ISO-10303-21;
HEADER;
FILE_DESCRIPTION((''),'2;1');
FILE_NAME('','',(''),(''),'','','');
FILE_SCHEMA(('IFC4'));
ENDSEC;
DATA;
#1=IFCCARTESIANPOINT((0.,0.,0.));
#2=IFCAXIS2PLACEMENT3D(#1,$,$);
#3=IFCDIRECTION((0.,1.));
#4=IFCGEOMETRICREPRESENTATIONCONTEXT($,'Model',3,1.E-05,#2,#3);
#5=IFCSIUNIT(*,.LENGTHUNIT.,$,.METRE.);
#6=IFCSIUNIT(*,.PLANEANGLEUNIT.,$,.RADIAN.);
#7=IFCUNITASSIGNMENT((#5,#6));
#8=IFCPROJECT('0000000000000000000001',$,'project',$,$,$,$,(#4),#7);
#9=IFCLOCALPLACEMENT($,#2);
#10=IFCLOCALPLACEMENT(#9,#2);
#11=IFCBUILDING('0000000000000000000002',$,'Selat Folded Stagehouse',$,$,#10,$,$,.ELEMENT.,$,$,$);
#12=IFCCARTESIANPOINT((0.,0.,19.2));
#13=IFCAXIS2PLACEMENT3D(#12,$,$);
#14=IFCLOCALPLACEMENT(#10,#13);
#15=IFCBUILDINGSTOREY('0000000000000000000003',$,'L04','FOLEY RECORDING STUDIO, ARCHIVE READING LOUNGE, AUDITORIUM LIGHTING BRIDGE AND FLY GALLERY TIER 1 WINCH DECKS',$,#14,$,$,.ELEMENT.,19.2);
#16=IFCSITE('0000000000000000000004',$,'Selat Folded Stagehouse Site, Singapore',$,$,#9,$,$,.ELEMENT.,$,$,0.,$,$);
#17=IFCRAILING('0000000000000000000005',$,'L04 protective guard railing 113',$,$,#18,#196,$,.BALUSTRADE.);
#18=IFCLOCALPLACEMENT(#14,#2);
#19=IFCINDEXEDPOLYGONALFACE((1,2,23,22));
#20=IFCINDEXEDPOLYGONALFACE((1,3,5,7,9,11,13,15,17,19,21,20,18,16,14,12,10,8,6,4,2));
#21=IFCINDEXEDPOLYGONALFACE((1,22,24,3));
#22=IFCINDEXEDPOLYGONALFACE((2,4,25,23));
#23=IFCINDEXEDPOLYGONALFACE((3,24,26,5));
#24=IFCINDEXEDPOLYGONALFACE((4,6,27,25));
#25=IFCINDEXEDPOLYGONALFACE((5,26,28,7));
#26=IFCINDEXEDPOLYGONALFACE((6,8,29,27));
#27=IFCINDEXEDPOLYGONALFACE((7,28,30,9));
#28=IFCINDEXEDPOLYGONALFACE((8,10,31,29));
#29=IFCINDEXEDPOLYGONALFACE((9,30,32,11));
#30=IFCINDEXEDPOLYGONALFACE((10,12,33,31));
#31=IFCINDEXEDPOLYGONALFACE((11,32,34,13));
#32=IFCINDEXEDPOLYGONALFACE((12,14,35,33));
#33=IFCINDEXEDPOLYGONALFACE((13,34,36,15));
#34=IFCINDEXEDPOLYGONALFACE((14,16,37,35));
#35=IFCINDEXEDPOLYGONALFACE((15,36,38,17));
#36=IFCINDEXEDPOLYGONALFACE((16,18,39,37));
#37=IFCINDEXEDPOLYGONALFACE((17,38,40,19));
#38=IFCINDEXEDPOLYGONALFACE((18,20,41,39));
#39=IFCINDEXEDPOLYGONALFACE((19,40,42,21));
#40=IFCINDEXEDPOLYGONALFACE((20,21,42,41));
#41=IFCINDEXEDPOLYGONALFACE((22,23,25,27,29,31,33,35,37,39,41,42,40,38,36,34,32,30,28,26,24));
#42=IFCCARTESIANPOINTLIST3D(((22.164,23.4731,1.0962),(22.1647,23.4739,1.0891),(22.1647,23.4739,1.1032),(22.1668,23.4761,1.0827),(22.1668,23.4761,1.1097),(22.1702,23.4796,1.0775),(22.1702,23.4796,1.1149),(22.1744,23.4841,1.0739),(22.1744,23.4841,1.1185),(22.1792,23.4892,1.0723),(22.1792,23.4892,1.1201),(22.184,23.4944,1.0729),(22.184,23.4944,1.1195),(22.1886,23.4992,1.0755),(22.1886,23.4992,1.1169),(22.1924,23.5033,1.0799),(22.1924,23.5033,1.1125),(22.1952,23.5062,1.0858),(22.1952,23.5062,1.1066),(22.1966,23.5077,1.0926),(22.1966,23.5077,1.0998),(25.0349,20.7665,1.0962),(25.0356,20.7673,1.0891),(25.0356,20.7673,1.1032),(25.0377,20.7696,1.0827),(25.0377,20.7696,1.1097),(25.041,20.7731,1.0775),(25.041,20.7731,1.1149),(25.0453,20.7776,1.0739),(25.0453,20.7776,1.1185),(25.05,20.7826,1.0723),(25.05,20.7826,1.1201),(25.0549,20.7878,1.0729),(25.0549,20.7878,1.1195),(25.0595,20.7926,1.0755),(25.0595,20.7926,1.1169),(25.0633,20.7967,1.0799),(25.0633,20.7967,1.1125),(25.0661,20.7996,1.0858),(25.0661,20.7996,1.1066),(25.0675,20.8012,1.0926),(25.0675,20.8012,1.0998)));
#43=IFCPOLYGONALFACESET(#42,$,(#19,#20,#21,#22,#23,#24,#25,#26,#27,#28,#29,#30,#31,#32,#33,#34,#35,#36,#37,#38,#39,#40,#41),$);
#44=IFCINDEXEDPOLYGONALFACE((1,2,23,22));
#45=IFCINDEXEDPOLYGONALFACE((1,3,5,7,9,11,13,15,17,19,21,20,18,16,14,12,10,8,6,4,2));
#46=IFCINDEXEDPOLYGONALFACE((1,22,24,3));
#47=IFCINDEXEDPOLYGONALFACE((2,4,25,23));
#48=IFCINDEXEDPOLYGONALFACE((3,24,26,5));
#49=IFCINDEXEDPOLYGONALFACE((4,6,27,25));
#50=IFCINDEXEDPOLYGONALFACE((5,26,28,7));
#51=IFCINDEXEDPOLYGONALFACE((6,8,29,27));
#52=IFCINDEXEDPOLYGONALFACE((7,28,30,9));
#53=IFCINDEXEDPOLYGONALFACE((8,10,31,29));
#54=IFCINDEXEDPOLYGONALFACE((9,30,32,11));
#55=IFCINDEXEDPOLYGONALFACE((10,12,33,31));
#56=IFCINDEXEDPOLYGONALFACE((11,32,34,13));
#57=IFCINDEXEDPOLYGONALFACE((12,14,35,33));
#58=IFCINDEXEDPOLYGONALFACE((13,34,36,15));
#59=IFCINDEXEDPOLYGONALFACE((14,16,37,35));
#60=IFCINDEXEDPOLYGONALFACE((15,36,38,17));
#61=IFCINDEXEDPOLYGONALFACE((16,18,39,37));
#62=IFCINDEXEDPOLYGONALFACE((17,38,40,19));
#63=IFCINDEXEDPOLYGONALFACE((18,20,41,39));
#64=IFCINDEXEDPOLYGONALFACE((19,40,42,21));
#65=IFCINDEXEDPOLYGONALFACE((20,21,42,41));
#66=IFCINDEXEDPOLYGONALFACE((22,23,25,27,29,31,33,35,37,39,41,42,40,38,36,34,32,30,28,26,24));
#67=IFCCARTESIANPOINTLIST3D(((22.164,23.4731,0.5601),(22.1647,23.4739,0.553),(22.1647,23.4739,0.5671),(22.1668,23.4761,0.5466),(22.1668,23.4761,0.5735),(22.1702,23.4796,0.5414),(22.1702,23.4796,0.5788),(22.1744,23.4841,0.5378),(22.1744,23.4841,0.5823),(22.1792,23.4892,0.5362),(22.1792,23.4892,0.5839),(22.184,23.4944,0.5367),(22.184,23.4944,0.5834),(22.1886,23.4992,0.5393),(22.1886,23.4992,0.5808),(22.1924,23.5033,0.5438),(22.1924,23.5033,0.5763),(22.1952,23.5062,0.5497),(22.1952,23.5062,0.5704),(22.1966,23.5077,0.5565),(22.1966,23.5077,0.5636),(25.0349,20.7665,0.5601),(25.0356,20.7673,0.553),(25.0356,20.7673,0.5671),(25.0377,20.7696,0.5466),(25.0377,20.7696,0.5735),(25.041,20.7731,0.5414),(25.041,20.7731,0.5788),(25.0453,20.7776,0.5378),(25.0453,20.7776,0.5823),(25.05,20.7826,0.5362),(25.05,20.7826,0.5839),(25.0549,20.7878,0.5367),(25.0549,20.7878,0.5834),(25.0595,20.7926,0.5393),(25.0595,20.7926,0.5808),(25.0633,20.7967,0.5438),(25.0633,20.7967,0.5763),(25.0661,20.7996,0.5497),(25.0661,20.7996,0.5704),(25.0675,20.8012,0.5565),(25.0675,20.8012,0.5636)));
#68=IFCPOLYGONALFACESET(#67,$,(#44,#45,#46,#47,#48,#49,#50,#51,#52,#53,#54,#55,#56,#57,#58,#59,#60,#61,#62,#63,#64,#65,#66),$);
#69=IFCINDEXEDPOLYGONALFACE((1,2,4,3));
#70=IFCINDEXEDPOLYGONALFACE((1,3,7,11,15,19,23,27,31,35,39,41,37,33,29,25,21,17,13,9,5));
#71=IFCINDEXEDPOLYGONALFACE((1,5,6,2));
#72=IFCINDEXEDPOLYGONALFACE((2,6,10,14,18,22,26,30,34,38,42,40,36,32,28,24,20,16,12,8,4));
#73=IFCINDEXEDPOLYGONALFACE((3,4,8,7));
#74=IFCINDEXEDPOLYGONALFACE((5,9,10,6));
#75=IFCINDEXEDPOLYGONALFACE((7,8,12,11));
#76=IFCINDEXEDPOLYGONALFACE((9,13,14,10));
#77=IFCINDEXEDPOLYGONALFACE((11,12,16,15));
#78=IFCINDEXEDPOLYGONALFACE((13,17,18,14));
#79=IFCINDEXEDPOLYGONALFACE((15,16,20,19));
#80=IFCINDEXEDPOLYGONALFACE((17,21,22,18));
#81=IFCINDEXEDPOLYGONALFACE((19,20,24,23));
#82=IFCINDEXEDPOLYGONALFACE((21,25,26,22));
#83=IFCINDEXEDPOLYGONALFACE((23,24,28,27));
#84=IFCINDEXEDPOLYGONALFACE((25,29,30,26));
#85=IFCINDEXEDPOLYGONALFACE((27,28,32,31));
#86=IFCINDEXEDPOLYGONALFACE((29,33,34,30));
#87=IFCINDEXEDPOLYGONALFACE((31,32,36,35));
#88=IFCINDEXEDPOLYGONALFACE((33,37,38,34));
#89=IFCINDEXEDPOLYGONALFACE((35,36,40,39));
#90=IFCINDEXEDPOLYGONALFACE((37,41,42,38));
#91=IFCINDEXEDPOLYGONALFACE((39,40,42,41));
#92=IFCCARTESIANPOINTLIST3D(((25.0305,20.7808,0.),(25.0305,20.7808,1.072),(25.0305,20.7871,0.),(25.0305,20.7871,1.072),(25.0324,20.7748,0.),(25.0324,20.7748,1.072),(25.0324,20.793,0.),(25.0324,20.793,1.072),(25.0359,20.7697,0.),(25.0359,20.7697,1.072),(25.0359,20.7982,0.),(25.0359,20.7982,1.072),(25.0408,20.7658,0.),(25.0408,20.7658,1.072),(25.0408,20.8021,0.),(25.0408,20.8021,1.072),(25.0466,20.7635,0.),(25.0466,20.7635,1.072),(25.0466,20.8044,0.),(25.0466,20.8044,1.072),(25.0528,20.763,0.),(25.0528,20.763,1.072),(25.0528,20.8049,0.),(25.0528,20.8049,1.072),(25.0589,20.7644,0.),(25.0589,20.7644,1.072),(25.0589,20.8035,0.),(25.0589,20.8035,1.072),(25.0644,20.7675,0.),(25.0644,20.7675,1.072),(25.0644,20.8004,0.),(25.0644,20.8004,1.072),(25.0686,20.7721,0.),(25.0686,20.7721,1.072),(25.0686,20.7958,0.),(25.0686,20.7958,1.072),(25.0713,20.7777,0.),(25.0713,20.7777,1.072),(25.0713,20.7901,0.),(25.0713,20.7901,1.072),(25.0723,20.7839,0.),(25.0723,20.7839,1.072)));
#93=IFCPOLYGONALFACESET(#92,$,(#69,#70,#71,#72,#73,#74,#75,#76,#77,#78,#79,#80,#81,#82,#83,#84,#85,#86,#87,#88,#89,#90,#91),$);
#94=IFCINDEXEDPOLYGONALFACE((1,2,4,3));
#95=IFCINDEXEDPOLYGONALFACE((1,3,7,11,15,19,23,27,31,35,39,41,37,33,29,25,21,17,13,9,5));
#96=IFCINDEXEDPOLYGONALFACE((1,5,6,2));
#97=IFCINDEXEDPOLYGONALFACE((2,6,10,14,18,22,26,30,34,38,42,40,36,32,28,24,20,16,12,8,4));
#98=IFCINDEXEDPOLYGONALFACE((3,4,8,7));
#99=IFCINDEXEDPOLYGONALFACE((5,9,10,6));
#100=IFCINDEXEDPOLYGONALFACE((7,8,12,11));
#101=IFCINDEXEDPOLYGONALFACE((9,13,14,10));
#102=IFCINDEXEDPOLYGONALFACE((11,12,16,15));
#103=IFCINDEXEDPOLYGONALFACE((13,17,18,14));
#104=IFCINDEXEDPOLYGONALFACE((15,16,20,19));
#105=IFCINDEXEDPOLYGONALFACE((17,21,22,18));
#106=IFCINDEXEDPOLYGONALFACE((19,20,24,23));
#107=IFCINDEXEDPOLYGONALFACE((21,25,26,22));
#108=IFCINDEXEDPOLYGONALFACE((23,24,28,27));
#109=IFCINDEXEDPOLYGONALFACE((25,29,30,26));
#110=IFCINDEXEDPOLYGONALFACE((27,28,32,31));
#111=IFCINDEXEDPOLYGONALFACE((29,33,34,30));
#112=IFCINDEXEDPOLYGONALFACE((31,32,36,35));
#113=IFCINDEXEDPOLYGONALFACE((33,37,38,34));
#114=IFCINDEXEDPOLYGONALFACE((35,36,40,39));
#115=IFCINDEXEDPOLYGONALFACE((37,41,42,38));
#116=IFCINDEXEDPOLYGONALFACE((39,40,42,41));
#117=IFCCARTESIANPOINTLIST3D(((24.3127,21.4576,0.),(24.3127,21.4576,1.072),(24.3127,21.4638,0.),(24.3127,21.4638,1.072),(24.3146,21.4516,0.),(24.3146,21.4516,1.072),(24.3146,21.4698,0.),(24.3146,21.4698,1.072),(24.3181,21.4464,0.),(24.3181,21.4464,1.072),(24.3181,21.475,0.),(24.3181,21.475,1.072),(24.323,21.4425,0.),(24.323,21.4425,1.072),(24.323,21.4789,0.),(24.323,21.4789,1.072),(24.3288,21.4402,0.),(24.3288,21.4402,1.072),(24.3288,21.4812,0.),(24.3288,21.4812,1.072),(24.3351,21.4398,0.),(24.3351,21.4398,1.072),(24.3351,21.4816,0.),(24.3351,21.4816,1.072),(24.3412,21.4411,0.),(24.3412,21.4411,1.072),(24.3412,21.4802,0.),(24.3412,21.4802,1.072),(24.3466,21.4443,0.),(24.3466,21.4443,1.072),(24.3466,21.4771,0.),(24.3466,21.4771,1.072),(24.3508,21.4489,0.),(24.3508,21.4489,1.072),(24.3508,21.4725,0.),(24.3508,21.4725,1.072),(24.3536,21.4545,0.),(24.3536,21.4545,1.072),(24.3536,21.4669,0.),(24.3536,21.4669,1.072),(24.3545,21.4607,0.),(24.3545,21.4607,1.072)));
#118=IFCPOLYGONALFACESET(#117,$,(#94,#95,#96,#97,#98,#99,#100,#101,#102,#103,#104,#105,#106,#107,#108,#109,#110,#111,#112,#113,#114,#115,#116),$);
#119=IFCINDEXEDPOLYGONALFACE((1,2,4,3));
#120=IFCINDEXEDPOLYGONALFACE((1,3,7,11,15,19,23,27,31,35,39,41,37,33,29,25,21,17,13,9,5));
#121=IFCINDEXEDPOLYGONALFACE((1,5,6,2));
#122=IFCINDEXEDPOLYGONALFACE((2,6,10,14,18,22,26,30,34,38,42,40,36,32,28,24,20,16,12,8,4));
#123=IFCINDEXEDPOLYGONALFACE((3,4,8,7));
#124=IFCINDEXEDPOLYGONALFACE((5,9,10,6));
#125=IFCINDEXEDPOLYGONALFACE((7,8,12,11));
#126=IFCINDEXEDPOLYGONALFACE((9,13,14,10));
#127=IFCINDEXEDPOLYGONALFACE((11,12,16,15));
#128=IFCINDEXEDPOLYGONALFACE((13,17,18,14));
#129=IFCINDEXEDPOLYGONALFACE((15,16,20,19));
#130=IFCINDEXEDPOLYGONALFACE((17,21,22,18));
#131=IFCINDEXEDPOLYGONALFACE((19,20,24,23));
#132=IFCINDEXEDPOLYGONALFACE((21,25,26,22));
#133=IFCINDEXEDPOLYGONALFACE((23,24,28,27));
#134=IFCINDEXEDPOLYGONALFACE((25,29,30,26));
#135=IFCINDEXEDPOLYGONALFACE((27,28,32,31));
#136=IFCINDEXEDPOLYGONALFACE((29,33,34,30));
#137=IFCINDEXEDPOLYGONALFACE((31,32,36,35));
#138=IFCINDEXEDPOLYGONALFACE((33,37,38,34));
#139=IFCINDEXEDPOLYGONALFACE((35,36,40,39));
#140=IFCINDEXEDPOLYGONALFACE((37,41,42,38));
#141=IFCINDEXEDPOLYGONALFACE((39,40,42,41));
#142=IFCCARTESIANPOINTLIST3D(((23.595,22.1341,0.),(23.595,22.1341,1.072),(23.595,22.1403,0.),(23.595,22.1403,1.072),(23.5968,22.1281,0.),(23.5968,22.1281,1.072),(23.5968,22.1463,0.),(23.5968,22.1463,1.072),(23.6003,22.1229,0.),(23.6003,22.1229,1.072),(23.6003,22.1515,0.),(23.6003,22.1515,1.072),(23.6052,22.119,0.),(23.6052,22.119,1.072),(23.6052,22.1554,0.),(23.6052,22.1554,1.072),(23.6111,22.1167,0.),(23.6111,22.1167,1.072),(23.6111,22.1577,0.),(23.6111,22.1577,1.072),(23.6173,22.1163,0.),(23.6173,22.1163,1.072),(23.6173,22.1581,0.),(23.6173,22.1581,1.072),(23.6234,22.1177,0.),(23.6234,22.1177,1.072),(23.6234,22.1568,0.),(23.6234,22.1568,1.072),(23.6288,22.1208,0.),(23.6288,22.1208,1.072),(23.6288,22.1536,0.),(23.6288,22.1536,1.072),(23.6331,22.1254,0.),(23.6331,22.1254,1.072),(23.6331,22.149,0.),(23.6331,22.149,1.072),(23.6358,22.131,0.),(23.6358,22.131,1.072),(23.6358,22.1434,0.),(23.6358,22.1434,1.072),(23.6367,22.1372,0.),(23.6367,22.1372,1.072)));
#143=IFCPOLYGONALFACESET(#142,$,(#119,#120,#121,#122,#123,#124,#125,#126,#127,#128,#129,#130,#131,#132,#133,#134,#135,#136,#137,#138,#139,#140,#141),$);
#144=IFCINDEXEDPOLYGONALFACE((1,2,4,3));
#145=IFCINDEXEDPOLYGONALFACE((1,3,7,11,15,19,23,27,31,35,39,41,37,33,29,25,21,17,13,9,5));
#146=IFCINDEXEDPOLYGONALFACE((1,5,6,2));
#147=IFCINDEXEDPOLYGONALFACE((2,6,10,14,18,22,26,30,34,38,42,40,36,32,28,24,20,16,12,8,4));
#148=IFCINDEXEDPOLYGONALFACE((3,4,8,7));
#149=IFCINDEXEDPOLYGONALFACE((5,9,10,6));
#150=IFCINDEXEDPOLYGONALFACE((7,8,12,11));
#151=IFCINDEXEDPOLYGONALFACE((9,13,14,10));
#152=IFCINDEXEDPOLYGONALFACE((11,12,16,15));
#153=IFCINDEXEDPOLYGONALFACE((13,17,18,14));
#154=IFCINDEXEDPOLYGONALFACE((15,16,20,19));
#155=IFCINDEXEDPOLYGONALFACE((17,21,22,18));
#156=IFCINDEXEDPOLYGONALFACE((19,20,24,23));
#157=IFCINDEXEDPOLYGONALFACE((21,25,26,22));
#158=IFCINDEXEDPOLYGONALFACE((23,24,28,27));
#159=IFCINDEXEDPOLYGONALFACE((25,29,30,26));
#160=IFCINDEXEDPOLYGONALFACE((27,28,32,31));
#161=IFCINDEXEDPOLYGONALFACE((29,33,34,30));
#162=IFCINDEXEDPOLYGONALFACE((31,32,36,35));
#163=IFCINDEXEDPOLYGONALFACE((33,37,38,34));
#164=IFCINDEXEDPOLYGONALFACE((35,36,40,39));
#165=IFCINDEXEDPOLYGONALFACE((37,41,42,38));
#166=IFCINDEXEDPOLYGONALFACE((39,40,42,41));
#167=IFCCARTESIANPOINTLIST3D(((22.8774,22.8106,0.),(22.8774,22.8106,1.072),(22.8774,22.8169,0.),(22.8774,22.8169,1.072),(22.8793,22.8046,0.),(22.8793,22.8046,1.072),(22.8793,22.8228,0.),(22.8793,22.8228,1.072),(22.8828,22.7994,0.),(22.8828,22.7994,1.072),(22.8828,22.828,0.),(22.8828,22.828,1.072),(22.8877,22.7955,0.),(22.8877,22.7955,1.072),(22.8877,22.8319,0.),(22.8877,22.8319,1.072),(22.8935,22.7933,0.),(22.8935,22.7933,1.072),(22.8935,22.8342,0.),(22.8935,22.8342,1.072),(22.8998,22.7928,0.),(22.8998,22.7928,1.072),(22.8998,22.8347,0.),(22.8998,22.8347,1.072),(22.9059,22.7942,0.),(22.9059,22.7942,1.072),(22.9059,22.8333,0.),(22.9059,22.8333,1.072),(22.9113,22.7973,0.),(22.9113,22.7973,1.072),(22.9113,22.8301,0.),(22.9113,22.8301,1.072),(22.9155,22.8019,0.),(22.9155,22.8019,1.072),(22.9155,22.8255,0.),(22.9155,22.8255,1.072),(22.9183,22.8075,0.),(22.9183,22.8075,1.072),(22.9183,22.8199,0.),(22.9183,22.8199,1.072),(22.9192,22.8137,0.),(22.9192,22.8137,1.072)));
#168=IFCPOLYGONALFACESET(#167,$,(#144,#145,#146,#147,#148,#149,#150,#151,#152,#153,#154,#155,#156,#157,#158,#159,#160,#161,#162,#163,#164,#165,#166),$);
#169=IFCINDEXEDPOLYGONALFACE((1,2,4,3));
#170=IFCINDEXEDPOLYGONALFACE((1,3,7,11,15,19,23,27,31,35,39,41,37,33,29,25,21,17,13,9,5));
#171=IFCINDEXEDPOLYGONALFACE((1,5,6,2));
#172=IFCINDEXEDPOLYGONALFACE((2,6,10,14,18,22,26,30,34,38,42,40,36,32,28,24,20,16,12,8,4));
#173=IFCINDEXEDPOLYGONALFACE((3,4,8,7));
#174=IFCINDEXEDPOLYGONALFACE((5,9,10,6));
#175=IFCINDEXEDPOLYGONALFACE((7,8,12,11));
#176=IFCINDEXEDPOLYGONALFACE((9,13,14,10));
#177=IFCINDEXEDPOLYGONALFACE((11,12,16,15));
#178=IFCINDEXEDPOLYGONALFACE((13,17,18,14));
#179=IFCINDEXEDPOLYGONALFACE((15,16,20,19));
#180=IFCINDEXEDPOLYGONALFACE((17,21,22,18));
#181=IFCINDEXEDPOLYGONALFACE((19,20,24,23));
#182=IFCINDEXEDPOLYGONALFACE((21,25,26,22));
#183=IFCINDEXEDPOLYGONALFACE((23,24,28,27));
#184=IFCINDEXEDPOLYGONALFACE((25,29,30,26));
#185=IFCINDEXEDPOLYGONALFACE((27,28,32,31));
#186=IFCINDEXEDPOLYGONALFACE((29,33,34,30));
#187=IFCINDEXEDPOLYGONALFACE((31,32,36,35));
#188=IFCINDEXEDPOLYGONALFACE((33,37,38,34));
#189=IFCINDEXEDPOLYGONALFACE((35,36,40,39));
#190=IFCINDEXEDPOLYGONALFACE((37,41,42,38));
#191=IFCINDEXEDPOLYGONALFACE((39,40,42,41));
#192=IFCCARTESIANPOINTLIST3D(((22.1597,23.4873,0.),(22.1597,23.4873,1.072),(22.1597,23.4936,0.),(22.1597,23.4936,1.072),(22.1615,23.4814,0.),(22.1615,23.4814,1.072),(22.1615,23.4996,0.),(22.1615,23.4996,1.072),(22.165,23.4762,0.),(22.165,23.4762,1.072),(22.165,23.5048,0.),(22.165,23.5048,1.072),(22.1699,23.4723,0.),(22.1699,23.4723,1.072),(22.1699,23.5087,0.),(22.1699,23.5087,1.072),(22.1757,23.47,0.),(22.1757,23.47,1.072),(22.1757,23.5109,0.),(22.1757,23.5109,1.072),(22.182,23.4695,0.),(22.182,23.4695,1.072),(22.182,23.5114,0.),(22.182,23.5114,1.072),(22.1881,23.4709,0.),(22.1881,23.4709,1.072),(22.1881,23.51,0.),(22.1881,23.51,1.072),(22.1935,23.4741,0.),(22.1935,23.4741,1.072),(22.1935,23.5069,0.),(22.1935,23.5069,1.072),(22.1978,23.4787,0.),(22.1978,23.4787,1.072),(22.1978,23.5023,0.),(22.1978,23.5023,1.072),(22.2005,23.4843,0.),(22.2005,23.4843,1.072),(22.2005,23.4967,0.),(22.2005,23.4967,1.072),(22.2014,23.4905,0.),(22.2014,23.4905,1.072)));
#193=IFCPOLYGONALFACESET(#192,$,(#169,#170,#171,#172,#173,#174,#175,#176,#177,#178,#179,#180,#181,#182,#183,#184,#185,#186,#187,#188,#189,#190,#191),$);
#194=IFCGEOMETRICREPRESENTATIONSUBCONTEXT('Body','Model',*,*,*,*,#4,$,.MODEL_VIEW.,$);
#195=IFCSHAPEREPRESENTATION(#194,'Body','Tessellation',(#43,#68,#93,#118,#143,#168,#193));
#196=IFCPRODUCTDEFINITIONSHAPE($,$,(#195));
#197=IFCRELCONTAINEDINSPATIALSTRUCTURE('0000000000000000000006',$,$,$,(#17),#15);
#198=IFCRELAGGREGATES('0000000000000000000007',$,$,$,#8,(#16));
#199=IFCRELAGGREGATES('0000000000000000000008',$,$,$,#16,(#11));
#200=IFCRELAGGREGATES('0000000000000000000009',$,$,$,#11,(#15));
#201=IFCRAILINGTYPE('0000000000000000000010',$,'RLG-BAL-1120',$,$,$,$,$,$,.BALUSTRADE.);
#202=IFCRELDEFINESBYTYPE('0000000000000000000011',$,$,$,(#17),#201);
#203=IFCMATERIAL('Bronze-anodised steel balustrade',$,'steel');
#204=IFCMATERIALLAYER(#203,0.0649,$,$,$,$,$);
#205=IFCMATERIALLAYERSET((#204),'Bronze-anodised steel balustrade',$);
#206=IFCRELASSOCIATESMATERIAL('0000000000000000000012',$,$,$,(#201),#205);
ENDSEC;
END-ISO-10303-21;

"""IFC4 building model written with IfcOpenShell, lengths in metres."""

from ifc_helpers import new_model, si_unit, direction, frame, origin, origin_2d, place, context, subcontext, project, spatial, circle, extrude, material, layer, layer_set, type_object, element, save


model = new_model("IFC4")

# Units and contexts
model_context = context("Model", 3, precision=1e-05, world=origin(), true_north=direction((0.0, 1.0)))
body_context = subcontext(model_context, "Body", "Model", "MODEL_VIEW")
ifc_project = project(units=[si_unit("LENGTHUNIT", "METRE"), si_unit("PLANEANGLEUNIT", "RADIAN")], contexts=[model_context])

# Site, building, storey
site_placement = place(None, origin())
site = spatial("IfcSite", under=ifc_project, at=site_placement, Name="Selat Folded Stagehouse Site, Singapore", CompositionType="ELEMENT", RefElevation=0.0)
building_placement = place(site_placement, origin())
building = spatial("IfcBuilding", under=site, at=building_placement, Name="Selat Folded Stagehouse", CompositionType="ELEMENT")
storey_placement = place(building_placement, frame((0.0, 0.0, 19.2)))
storey = spatial("IfcBuildingStorey", under=building, at=storey_placement, Name="L04", Description="FOLEY RECORDING STUDIO, ARCHIVE READING LOUNGE, AUDITORIUM LIGHTING BRIDGE AND FLY GALLERY TIER 1 WINCH DECKS", CompositionType="ELEMENT", Elevation=19.2)

# Railing
ifc_material_1 = material(Name="Bronze-anodised steel balustrade", Category="steel")
ifc_layer_1 = layer(ifc_material_1, 0.0649)
ifc_layer_set_1 = layer_set([ifc_layer_1], Name="Bronze-anodised steel balustrade")
railing_type = type_object("IfcRailingType", Name="RLG-BAL-1120", PredefinedType="BALUSTRADE", material=ifc_layer_set_1)
railing_1_placement = place(storey_placement, frame((25.0513, 20.7839, 0.0)))
element("IfcRailing", 1, at=railing_1_placement, inside=storey, type_object=railing_type, Name="L04 protective guard railing 113", PredefinedType="BALUSTRADE", context=body_context, shape_type="SweptSolid", body=[
    extrude(circle(Radius=0.0239, at=origin_2d()), frame((0.0, 0.0, 1.0962), z_axis=(-0.727622, 0.685978, 0.0), x_axis=(-0.685978, -0.727622, 0.0)), (0.0, 0.0, 1.0), 3.9456),
    extrude(circle(Radius=0.0239, at=origin_2d()), frame((0.0, 0.0, 0.5601), z_axis=(-0.727622, 0.685978, 0.0), x_axis=(-0.685978, -0.727622, 0.0)), (0.0, 0.0, 1.0), 3.9456),
    extrude(circle(Radius=0.021, at=origin_2d()), origin(), (0.0, 0.0, 1.0), 1.072),
    extrude(circle(Radius=0.021, at=origin_2d()), frame((-0.7178, 0.6768, 0.0)), (0.0, 0.0, 1.0), 1.072),
    extrude(circle(Radius=0.021, at=origin_2d()), frame((-1.4355, 1.3533, 0.0)), (0.0, 0.0, 1.0), 1.072),
    extrude(circle(Radius=0.021, at=origin_2d()), frame((-2.1531, 2.0298, 0.0)), (0.0, 0.0, 1.0), 1.072),
    extrude(circle(Radius=0.021, at=origin_2d()), frame((-2.8708, 2.7065, 0.0)), (0.0, 0.0, 1.0), 1.072),
])

save(model, "model.ifc")
